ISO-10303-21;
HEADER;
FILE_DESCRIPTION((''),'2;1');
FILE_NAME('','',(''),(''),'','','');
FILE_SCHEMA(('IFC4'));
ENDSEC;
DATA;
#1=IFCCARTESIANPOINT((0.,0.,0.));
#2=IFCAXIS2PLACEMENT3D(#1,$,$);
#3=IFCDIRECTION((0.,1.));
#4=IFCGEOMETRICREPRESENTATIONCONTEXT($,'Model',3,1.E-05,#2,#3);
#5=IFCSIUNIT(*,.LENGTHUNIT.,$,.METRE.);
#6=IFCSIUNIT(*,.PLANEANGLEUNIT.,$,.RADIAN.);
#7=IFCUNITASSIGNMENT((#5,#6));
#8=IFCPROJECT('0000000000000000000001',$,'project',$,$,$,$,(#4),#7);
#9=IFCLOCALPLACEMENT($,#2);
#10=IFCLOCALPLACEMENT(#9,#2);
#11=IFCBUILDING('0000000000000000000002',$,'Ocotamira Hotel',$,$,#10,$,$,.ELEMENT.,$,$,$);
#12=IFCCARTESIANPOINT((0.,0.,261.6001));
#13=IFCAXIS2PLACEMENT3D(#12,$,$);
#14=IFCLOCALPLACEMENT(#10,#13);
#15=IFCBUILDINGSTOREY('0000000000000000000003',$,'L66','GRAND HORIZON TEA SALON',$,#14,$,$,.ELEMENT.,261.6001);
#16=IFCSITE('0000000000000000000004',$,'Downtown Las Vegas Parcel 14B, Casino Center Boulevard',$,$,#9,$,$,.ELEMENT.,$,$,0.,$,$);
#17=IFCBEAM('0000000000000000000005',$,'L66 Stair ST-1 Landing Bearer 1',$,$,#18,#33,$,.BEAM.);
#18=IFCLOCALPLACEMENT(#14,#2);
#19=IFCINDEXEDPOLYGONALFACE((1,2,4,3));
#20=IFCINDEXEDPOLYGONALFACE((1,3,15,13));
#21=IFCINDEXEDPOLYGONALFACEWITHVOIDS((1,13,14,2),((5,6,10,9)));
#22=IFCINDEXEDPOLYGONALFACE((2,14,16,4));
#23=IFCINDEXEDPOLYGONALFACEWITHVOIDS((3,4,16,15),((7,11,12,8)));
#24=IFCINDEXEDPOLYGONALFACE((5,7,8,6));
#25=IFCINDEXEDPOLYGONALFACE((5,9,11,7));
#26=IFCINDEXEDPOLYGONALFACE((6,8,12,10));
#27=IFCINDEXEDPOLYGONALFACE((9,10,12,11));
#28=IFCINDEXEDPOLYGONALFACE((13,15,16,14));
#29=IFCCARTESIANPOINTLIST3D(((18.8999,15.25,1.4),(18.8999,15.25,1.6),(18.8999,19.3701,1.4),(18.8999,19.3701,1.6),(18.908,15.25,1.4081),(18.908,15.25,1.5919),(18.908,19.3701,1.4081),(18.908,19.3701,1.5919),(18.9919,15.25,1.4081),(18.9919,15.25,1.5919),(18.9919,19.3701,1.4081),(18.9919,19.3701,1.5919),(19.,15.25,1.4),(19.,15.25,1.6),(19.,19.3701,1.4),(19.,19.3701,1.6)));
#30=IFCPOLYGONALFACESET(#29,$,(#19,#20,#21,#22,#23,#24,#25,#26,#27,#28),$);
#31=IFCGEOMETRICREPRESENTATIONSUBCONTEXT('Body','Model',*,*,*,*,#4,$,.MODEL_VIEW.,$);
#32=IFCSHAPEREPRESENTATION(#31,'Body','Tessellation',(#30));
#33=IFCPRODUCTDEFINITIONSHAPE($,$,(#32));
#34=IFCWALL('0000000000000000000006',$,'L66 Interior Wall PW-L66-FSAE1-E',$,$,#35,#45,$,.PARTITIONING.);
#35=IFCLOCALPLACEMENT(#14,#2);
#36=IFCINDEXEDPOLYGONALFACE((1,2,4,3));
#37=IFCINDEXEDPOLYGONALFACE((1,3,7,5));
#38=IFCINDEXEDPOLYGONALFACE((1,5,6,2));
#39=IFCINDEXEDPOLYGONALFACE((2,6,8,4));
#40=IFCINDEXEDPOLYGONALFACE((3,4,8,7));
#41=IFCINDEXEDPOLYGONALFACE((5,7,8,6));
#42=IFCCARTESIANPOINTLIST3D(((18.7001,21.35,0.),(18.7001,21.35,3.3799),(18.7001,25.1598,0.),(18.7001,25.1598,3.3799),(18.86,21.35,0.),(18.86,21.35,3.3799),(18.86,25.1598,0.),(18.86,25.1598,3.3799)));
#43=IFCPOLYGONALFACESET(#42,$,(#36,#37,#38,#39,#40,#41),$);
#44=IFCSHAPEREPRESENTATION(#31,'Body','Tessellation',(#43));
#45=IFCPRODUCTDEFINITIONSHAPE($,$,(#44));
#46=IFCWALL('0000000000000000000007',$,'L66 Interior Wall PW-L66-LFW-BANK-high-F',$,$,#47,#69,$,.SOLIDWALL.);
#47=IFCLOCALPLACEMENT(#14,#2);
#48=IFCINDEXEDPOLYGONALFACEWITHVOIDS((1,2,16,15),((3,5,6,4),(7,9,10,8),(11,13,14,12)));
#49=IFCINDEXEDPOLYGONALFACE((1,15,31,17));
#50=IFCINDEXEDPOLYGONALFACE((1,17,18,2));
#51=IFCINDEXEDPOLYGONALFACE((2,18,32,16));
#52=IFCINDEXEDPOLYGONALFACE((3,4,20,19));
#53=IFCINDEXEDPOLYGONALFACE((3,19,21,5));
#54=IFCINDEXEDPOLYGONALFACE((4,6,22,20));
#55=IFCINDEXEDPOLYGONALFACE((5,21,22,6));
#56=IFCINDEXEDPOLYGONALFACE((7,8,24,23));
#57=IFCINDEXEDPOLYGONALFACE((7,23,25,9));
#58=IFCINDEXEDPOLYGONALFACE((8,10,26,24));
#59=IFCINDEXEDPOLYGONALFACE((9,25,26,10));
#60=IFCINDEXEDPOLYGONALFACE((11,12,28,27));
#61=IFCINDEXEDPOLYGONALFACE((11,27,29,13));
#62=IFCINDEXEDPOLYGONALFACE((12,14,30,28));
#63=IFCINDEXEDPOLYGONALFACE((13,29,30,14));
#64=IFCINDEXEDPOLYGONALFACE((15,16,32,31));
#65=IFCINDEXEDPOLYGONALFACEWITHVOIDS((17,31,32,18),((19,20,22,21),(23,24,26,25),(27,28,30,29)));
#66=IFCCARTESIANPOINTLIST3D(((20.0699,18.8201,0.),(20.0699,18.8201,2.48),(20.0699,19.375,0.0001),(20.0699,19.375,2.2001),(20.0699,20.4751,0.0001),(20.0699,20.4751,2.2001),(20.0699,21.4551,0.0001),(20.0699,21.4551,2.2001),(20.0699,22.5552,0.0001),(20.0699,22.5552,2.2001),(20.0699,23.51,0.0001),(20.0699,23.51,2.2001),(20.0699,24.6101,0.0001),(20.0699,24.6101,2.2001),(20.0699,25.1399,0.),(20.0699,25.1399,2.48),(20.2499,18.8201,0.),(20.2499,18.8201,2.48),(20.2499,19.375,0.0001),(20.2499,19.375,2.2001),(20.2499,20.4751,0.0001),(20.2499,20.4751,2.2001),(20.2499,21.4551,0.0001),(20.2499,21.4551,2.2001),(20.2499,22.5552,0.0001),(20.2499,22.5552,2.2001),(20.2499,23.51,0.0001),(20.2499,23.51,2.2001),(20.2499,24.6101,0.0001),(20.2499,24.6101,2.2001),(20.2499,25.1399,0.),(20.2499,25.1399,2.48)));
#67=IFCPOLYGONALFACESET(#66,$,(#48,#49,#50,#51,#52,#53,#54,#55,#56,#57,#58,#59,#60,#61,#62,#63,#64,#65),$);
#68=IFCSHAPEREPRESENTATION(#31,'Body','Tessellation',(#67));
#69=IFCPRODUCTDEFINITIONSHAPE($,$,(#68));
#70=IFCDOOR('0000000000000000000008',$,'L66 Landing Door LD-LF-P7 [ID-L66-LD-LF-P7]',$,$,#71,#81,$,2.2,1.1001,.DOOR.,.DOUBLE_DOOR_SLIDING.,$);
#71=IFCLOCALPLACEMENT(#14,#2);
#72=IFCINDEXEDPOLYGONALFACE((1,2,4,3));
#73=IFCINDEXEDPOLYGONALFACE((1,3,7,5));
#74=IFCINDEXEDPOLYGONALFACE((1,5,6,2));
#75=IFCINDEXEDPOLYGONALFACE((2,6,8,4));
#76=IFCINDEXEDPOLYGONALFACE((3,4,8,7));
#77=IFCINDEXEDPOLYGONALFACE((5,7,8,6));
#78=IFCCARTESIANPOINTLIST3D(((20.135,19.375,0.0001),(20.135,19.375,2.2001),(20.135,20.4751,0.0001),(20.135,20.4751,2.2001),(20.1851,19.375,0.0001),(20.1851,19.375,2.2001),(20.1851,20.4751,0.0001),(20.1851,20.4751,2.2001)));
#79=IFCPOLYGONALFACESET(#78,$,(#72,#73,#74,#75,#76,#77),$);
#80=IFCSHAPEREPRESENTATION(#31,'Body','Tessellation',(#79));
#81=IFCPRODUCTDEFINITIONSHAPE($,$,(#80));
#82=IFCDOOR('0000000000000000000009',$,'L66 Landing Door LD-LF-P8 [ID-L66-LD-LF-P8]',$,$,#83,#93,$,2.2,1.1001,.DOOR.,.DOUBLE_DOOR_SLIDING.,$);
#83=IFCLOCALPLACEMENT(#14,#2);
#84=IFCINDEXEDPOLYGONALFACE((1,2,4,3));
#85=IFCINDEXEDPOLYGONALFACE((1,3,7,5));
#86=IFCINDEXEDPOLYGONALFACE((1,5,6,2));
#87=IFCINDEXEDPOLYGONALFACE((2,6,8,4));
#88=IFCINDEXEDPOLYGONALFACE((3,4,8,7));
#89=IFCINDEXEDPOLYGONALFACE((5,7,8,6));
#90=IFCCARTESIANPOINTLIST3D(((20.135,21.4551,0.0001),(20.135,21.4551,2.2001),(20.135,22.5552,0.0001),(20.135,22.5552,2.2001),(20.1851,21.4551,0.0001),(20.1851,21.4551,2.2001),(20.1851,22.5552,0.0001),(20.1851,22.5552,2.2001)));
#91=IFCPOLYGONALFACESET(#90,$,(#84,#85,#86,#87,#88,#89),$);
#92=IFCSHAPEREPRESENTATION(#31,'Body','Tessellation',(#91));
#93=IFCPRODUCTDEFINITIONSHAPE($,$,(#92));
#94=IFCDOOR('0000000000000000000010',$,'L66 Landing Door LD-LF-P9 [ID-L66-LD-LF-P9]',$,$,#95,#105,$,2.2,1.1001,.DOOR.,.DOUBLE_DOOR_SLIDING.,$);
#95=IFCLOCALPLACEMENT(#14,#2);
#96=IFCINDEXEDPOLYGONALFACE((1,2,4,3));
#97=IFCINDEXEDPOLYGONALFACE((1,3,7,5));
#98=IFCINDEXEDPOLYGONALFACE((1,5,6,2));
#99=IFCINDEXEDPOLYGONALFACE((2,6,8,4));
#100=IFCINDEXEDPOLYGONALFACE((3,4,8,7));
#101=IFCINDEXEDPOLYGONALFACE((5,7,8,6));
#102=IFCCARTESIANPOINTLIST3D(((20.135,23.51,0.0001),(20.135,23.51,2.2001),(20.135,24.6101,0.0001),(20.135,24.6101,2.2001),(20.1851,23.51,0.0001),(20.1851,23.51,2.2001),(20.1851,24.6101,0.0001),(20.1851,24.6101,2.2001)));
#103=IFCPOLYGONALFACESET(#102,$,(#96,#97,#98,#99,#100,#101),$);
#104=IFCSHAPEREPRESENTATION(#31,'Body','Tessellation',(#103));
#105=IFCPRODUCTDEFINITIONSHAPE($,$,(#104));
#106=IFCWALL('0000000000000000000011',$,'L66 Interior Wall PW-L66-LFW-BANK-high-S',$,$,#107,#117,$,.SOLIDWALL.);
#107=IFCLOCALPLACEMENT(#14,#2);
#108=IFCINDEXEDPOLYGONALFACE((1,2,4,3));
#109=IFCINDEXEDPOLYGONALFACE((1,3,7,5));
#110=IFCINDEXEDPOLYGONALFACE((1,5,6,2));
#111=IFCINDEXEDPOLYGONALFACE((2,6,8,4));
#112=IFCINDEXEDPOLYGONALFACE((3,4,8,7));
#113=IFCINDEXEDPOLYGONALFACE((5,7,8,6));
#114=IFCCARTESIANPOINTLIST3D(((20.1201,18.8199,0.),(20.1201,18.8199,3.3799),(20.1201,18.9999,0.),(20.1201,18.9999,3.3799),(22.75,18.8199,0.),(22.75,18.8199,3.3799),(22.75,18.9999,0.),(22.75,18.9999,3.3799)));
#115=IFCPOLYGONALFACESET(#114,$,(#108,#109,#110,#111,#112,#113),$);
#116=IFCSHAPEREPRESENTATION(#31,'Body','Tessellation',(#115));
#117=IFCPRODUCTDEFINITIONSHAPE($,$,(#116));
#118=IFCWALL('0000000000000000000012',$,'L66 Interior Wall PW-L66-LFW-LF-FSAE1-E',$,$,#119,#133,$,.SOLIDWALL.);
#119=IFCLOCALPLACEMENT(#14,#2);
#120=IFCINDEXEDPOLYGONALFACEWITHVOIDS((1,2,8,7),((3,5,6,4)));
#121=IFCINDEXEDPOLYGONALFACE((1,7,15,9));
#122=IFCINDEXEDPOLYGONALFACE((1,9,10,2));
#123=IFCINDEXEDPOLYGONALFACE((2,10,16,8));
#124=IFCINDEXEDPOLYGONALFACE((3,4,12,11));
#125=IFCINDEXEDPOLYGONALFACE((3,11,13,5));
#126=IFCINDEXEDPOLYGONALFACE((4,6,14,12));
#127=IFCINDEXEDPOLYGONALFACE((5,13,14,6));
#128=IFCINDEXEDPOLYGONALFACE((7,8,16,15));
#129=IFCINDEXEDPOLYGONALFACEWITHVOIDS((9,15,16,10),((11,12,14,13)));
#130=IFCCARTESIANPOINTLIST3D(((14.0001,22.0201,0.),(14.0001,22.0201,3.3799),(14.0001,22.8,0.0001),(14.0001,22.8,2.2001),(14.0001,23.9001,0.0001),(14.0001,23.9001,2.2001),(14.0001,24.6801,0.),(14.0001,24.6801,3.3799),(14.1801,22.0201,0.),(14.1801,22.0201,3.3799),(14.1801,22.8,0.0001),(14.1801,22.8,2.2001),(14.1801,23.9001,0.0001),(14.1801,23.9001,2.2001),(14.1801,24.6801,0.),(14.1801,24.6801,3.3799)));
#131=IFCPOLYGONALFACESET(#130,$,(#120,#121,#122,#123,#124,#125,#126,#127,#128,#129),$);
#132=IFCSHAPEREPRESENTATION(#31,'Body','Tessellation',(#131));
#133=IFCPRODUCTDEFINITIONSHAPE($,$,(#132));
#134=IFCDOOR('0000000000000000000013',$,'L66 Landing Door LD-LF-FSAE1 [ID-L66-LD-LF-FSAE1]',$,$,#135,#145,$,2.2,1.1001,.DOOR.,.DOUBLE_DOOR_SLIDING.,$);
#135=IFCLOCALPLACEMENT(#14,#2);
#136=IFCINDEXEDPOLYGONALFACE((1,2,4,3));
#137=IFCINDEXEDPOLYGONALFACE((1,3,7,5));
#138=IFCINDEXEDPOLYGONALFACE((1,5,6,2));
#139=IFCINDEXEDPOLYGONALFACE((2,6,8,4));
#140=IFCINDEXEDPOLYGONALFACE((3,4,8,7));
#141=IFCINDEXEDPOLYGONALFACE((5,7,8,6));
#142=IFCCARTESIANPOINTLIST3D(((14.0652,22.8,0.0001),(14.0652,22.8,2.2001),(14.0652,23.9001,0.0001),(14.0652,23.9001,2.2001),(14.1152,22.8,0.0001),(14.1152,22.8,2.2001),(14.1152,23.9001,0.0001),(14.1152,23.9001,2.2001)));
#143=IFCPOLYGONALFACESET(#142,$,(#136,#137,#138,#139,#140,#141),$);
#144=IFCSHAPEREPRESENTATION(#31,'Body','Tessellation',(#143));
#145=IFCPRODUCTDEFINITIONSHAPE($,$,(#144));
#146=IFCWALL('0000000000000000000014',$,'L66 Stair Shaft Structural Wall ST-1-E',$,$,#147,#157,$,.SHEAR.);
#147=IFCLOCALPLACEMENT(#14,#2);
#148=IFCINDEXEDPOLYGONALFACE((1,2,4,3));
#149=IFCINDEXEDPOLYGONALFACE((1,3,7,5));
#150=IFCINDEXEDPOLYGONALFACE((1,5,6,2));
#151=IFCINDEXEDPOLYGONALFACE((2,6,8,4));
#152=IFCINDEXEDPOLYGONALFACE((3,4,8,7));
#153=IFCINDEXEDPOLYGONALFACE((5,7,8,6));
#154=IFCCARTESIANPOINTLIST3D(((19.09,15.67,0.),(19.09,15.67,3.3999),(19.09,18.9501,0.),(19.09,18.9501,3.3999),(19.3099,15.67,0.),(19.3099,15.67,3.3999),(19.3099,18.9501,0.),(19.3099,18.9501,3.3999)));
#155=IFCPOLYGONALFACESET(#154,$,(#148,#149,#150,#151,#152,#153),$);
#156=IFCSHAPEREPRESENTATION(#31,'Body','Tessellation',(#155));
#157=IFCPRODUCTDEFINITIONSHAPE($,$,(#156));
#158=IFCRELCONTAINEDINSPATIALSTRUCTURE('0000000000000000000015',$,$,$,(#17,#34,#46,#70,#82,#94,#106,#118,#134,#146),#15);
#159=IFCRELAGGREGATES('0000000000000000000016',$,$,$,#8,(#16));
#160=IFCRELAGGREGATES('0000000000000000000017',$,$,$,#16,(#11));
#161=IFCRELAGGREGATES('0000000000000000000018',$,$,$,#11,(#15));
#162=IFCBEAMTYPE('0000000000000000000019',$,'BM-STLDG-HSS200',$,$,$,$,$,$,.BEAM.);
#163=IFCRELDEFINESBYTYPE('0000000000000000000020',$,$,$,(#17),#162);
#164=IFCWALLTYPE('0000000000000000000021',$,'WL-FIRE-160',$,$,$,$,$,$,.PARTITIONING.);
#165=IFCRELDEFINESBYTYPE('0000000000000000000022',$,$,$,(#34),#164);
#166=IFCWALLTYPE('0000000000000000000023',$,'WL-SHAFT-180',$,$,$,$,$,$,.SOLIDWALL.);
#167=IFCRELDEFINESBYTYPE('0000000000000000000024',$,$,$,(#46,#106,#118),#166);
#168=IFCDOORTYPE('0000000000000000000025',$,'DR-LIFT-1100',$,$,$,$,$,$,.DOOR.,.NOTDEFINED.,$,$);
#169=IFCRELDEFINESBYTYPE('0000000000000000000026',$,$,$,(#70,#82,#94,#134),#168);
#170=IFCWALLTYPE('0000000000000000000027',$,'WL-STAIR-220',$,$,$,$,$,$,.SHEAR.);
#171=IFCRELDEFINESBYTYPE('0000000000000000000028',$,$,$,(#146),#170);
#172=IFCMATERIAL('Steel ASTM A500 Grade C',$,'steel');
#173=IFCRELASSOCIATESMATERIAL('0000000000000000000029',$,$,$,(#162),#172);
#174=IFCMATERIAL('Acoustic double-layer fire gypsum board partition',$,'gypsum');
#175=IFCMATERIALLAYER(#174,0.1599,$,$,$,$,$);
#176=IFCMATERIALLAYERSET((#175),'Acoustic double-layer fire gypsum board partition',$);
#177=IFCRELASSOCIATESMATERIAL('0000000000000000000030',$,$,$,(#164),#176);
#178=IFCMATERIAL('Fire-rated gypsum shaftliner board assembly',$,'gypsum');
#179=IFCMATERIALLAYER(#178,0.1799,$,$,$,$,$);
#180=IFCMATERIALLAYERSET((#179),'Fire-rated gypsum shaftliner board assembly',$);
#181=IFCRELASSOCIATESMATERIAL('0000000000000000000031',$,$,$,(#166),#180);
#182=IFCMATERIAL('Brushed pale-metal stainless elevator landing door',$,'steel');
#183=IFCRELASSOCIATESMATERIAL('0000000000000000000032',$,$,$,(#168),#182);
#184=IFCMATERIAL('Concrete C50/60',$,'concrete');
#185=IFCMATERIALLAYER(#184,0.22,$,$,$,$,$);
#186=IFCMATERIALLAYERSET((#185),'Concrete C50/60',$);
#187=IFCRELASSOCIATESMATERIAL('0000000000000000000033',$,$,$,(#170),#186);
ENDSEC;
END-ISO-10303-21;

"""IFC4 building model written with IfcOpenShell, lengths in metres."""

from ifc_helpers import new_model, si_unit, direction, frame, frame_2d, origin, origin_2d, place, context, subcontext, project, spatial, rectangle, hollow_rectangle, extrude, source, transform, mapped, material, layer, layer_set, material_profile, profile_set, type_object, element, fill, save


model = new_model("IFC4")

# Units and contexts
model_context = context("Model", 3, precision=1e-05, world=origin(), true_north=direction((0.0, 1.0)))
body_context = subcontext(model_context, "Body", "Model", "MODEL_VIEW")
ifc_project = project(units=[si_unit("LENGTHUNIT", "METRE"), si_unit("PLANEANGLEUNIT", "RADIAN")], contexts=[model_context])

# Site, building, storey
site_placement = place(None, origin())
site = spatial("IfcSite", under=ifc_project, at=site_placement, Name="Downtown Las Vegas Parcel 14B, Casino Center Boulevard", CompositionType="ELEMENT", RefElevation=0.0)
building_placement = place(site_placement, origin())
building = spatial("IfcBuilding", under=site, at=building_placement, Name="Ocotamira Hotel", CompositionType="ELEMENT")
storey_placement = place(building_placement, frame((0.0, 0.0, 261.6001)))
storey = spatial("IfcBuildingStorey", under=building, at=storey_placement, Name="L66", Description="GRAND HORIZON TEA SALON", CompositionType="ELEMENT", Elevation=261.6001)

# Beam
ifc_material_1 = material(Name="Steel ASTM A500 Grade C", Category="steel")
ifc_material_profile = material_profile(ifc_material_1, hollow_rectangle(XDim=0.1001, YDim=0.2, WallThickness=0.0081, at=origin_2d()), Name="HSS200X100X8")
ifc_profile_set = profile_set([ifc_material_profile], Name="Steel ASTM A500 Grade C")
beam_type = type_object("IfcBeamType", Name="BM-STLDG-HSS200", PredefinedType="BEAM", material=ifc_profile_set)
shared_shape_1 = source(origin(), body_context, "Body", "SweptSolid", [
    extrude(hollow_rectangle(XDim=0.1001, YDim=0.2, WallThickness=0.0081, at=origin_2d()), origin(), (0.0, 0.0, 1.0), 4.1201),
])
beam_placement = place(storey_placement, frame((18.95, 15.25, 1.5), z_axis=(0.0, 1.0, 0.0), x_axis=(-1.0, 0.0, 0.0)))
element("IfcBeam", 1, at=beam_placement, inside=storey, type_object=beam_type, Name="L66 Stair ST-1 Landing Bearer 1", PredefinedType="BEAM", context=body_context, shape_type="MappedRepresentation", body=[
    mapped(shared_shape_1, transform((0.0, 0.0, 0.0), scale=1.0)),
])

# Shared definitions
ifc_material_2 = material(Name="Acoustic double-layer fire gypsum board partition", Category="gypsum")
ifc_layer_1 = layer(ifc_material_2, 0.1599)
ifc_layer_set_1 = layer_set([ifc_layer_1], Name="Acoustic double-layer fire gypsum board partition")
wall_type_1 = type_object("IfcWallType", Name="WL-FIRE-160", PredefinedType="PARTITIONING", material=ifc_layer_set_1)

# Wall
wall_1_placement = place(storey_placement, frame((18.78, 21.3501, 0.0), z_axis=(0.0, 0.0, 1.0), x_axis=(0.0, 1.0, 0.0)))
element("IfcWall", 2, at=wall_1_placement, inside=storey, type_object=wall_type_1, Name="L66 Interior Wall PW-L66-FSAE1-E", PredefinedType="PARTITIONING", context=body_context, shape_type="SweptSolid", body=[
    extrude(rectangle(XDim=3.8098, YDim=0.1599, at=frame_2d((1.9048, 0.0))), origin(), (0.0, 0.0, 1.0), 3.3799),
])

# Wall, openings, doors
ifc_material_3 = material(Name="Fire-rated gypsum shaftliner board assembly", Category="gypsum")
ifc_layer_2 = layer(ifc_material_3, 0.1799)
ifc_layer_set_2 = layer_set([ifc_layer_2], Name="Fire-rated gypsum shaftliner board assembly")
wall_type_2 = type_object("IfcWallType", Name="WL-SHAFT-180", PredefinedType="SOLIDWALL", material=ifc_layer_set_2)
wall_2_placement = place(storey_placement, frame((20.1599, 18.8201, 0.0), z_axis=(0.0, 0.0, 1.0), x_axis=(0.0, 1.0, 0.0)))
wall_2 = element("IfcWall", 3, at=wall_2_placement, inside=storey, type_object=wall_type_2, Name="L66 Interior Wall PW-L66-LFW-BANK-high-F", PredefinedType="SOLIDWALL", context=body_context, shape_type="SweptSolid", body=[
    extrude(rectangle(XDim=6.3198, YDim=0.1799, at=frame_2d((3.1599, 0.0))), origin(), (0.0, 0.0, 1.0), 2.48),
])
opening_1_placement = place(wall_2_placement, frame((0.5549, 0.0, 0.0)))
opening_1 = element("IfcOpeningElement", 4, at=opening_1_placement, cuts=wall_2, PredefinedType="OPENING", context=body_context, shape_type="SweptSolid", body=[
    extrude(rectangle(XDim=1.1001, YDim=2.2, at=frame_2d((0.55, 1.1001))), frame((0.0, 0.1001, 0.0), z_axis=(0.0, -1.0, 0.0), x_axis=(1.0, 0.0, 0.0)), (0.0, 0.0, 1.0), 0.2),
])
opening_2_placement = place(wall_2_placement, frame((2.635, 0.0, 0.0)))
opening_2 = element("IfcOpeningElement", 5, at=opening_2_placement, cuts=wall_2, PredefinedType="OPENING", context=body_context, shape_type="SweptSolid", body=[
    extrude(rectangle(XDim=1.1001, YDim=2.2, at=frame_2d((0.55, 1.1001))), frame((0.0, 0.1001, 0.0), z_axis=(0.0, -1.0, 0.0), x_axis=(1.0, 0.0, 0.0)), (0.0, 0.0, 1.0), 0.2),
])
opening_3_placement = place(wall_2_placement, frame((4.6899, 0.0, 0.0)))
opening_3 = element("IfcOpeningElement", 6, at=opening_3_placement, cuts=wall_2, PredefinedType="OPENING", context=body_context, shape_type="SweptSolid", body=[
    extrude(rectangle(XDim=1.1001, YDim=2.2, at=frame_2d((0.55, 1.1001))), frame((0.0, 0.1001, 0.0), z_axis=(0.0, -1.0, 0.0), x_axis=(1.0, 0.0, 0.0)), (0.0, 0.0, 1.0), 0.2),
])
ifc_material_4 = material(Name="Brushed pale-metal stainless elevator landing door", Category="steel")
door_type_1 = type_object("IfcDoorType", Name="DR-LIFT-1100", OperationType="NOTDEFINED", PredefinedType="DOOR", material=ifc_material_4)
shared_shape_2 = source(origin(), body_context, "Body", "SweptSolid", [
    extrude(rectangle(XDim=1.1001, YDim=2.2, at=frame_2d((0.55, 1.1001))), frame((0.0, 0.0249, 0.0), z_axis=(0.0, -1.0, 0.0), x_axis=(1.0, 0.0, 0.0)), (0.0, 0.0, 1.0), 0.05),
])
door_1_placement = place(opening_1_placement, origin())
door_1 = element("IfcDoor", 7, at=door_1_placement, inside=storey, type_object=door_type_1, Name="L66 Landing Door LD-LF-P7 [ID-L66-LD-LF-P7]", OperationType="DOUBLE_DOOR_SLIDING", OverallHeight=2.2, OverallWidth=1.1001, PredefinedType="DOOR", context=body_context, shape_type="MappedRepresentation", body=[
    mapped(shared_shape_2, transform((0.0, 0.0, 0.0), scale=1.0)),
])
fill(opening_1, door_1)
door_2_placement = place(opening_2_placement, origin())
door_2 = element("IfcDoor", 8, at=door_2_placement, inside=storey, type_object=door_type_1, Name="L66 Landing Door LD-LF-P8 [ID-L66-LD-LF-P8]", OperationType="DOUBLE_DOOR_SLIDING", OverallHeight=2.2, OverallWidth=1.1001, PredefinedType="DOOR", context=body_context, shape_type="MappedRepresentation", body=[
    mapped(shared_shape_2, transform((0.0, 0.0, 0.0), scale=1.0)),
])
fill(opening_2, door_2)
door_3_placement = place(opening_3_placement, origin())
door_3 = element("IfcDoor", 9, at=door_3_placement, inside=storey, type_object=door_type_1, Name="L66 Landing Door LD-LF-P9 [ID-L66-LD-LF-P9]", OperationType="DOUBLE_DOOR_SLIDING", OverallHeight=2.2, OverallWidth=1.1001, PredefinedType="DOOR", context=body_context, shape_type="MappedRepresentation", body=[
    mapped(shared_shape_2, transform((0.0, 0.0, 0.0), scale=1.0)),
])
fill(opening_3, door_3)

# Wall
wall_3_placement = place(storey_placement, frame((20.1201, 18.9099, 0.0), z_axis=(0.0, 0.0, 1.0), x_axis=(1.0, 0.0, 0.0)))
element("IfcWall", 10, at=wall_3_placement, inside=storey, type_object=wall_type_2, Name="L66 Interior Wall PW-L66-LFW-BANK-high-S", PredefinedType="SOLIDWALL", context=body_context, shape_type="SweptSolid", body=[
    extrude(rectangle(XDim=2.6299, YDim=0.1799, at=frame_2d((1.3149, 0.0))), origin(), (0.0, 0.0, 1.0), 3.3799),
])

# Wall, opening, door
wall_4_placement = place(storey_placement, frame((14.0901, 22.02, 0.0), z_axis=(0.0, 0.0, 1.0), x_axis=(0.0, 1.0, 0.0)))
wall_4 = element("IfcWall", 11, at=wall_4_placement, inside=storey, type_object=wall_type_2, Name="L66 Interior Wall PW-L66-LFW-LF-FSAE1-E", PredefinedType="SOLIDWALL", context=body_context, shape_type="SweptSolid", body=[
    extrude(rectangle(XDim=2.6599, YDim=0.1799, at=frame_2d((1.3301, 0.0))), origin(), (0.0, 0.0, 1.0), 3.3799),
])
opening_4_placement = place(wall_4_placement, frame((0.78, 0.0, 0.0)))
opening_4 = element("IfcOpeningElement", 12, at=opening_4_placement, cuts=wall_4, PredefinedType="OPENING", context=body_context, shape_type="SweptSolid", body=[
    extrude(rectangle(XDim=1.1001, YDim=2.2, at=frame_2d((0.55, 1.1001))), frame((0.0, 0.1001, 0.0), z_axis=(0.0, -1.0, 0.0), x_axis=(1.0, 0.0, 0.0)), (0.0, 0.0, 1.0), 0.2),
])
door_4_placement = place(opening_4_placement, origin())
door_4 = element("IfcDoor", 13, at=door_4_placement, inside=storey, type_object=door_type_1, Name="L66 Landing Door LD-LF-FSAE1 [ID-L66-LD-LF-FSAE1]", OperationType="DOUBLE_DOOR_SLIDING", OverallHeight=2.2, OverallWidth=1.1001, PredefinedType="DOOR", context=body_context, shape_type="MappedRepresentation", body=[
    mapped(shared_shape_2, transform((0.0, 0.0, 0.0), scale=1.0)),
])
fill(opening_4, door_4)

# Wall
ifc_material_5 = material(Name="Concrete C50/60", Category="concrete")
ifc_layer_3 = layer(ifc_material_5, 0.22)
ifc_layer_set_3 = layer_set([ifc_layer_3], Name="Concrete C50/60")
wall_type_3 = type_object("IfcWallType", Name="WL-STAIR-220", PredefinedType="SHEAR", material=ifc_layer_set_3)
wall_5_placement = place(storey_placement, frame((19.2, 15.6699, 0.0), z_axis=(0.0, 0.0, 1.0), x_axis=(0.0, 1.0, 0.0)))
element("IfcWall", 14, at=wall_5_placement, inside=storey, type_object=wall_type_3, Name="L66 Stair Shaft Structural Wall ST-1-E", PredefinedType="SHEAR", context=body_context, shape_type="SweptSolid", body=[
    extrude(rectangle(XDim=3.28, YDim=0.22, at=frame_2d((1.6401, 0.0))), origin(), (0.0, 0.0, 1.0), 3.3999),
])

save(model, "model.ifc")
